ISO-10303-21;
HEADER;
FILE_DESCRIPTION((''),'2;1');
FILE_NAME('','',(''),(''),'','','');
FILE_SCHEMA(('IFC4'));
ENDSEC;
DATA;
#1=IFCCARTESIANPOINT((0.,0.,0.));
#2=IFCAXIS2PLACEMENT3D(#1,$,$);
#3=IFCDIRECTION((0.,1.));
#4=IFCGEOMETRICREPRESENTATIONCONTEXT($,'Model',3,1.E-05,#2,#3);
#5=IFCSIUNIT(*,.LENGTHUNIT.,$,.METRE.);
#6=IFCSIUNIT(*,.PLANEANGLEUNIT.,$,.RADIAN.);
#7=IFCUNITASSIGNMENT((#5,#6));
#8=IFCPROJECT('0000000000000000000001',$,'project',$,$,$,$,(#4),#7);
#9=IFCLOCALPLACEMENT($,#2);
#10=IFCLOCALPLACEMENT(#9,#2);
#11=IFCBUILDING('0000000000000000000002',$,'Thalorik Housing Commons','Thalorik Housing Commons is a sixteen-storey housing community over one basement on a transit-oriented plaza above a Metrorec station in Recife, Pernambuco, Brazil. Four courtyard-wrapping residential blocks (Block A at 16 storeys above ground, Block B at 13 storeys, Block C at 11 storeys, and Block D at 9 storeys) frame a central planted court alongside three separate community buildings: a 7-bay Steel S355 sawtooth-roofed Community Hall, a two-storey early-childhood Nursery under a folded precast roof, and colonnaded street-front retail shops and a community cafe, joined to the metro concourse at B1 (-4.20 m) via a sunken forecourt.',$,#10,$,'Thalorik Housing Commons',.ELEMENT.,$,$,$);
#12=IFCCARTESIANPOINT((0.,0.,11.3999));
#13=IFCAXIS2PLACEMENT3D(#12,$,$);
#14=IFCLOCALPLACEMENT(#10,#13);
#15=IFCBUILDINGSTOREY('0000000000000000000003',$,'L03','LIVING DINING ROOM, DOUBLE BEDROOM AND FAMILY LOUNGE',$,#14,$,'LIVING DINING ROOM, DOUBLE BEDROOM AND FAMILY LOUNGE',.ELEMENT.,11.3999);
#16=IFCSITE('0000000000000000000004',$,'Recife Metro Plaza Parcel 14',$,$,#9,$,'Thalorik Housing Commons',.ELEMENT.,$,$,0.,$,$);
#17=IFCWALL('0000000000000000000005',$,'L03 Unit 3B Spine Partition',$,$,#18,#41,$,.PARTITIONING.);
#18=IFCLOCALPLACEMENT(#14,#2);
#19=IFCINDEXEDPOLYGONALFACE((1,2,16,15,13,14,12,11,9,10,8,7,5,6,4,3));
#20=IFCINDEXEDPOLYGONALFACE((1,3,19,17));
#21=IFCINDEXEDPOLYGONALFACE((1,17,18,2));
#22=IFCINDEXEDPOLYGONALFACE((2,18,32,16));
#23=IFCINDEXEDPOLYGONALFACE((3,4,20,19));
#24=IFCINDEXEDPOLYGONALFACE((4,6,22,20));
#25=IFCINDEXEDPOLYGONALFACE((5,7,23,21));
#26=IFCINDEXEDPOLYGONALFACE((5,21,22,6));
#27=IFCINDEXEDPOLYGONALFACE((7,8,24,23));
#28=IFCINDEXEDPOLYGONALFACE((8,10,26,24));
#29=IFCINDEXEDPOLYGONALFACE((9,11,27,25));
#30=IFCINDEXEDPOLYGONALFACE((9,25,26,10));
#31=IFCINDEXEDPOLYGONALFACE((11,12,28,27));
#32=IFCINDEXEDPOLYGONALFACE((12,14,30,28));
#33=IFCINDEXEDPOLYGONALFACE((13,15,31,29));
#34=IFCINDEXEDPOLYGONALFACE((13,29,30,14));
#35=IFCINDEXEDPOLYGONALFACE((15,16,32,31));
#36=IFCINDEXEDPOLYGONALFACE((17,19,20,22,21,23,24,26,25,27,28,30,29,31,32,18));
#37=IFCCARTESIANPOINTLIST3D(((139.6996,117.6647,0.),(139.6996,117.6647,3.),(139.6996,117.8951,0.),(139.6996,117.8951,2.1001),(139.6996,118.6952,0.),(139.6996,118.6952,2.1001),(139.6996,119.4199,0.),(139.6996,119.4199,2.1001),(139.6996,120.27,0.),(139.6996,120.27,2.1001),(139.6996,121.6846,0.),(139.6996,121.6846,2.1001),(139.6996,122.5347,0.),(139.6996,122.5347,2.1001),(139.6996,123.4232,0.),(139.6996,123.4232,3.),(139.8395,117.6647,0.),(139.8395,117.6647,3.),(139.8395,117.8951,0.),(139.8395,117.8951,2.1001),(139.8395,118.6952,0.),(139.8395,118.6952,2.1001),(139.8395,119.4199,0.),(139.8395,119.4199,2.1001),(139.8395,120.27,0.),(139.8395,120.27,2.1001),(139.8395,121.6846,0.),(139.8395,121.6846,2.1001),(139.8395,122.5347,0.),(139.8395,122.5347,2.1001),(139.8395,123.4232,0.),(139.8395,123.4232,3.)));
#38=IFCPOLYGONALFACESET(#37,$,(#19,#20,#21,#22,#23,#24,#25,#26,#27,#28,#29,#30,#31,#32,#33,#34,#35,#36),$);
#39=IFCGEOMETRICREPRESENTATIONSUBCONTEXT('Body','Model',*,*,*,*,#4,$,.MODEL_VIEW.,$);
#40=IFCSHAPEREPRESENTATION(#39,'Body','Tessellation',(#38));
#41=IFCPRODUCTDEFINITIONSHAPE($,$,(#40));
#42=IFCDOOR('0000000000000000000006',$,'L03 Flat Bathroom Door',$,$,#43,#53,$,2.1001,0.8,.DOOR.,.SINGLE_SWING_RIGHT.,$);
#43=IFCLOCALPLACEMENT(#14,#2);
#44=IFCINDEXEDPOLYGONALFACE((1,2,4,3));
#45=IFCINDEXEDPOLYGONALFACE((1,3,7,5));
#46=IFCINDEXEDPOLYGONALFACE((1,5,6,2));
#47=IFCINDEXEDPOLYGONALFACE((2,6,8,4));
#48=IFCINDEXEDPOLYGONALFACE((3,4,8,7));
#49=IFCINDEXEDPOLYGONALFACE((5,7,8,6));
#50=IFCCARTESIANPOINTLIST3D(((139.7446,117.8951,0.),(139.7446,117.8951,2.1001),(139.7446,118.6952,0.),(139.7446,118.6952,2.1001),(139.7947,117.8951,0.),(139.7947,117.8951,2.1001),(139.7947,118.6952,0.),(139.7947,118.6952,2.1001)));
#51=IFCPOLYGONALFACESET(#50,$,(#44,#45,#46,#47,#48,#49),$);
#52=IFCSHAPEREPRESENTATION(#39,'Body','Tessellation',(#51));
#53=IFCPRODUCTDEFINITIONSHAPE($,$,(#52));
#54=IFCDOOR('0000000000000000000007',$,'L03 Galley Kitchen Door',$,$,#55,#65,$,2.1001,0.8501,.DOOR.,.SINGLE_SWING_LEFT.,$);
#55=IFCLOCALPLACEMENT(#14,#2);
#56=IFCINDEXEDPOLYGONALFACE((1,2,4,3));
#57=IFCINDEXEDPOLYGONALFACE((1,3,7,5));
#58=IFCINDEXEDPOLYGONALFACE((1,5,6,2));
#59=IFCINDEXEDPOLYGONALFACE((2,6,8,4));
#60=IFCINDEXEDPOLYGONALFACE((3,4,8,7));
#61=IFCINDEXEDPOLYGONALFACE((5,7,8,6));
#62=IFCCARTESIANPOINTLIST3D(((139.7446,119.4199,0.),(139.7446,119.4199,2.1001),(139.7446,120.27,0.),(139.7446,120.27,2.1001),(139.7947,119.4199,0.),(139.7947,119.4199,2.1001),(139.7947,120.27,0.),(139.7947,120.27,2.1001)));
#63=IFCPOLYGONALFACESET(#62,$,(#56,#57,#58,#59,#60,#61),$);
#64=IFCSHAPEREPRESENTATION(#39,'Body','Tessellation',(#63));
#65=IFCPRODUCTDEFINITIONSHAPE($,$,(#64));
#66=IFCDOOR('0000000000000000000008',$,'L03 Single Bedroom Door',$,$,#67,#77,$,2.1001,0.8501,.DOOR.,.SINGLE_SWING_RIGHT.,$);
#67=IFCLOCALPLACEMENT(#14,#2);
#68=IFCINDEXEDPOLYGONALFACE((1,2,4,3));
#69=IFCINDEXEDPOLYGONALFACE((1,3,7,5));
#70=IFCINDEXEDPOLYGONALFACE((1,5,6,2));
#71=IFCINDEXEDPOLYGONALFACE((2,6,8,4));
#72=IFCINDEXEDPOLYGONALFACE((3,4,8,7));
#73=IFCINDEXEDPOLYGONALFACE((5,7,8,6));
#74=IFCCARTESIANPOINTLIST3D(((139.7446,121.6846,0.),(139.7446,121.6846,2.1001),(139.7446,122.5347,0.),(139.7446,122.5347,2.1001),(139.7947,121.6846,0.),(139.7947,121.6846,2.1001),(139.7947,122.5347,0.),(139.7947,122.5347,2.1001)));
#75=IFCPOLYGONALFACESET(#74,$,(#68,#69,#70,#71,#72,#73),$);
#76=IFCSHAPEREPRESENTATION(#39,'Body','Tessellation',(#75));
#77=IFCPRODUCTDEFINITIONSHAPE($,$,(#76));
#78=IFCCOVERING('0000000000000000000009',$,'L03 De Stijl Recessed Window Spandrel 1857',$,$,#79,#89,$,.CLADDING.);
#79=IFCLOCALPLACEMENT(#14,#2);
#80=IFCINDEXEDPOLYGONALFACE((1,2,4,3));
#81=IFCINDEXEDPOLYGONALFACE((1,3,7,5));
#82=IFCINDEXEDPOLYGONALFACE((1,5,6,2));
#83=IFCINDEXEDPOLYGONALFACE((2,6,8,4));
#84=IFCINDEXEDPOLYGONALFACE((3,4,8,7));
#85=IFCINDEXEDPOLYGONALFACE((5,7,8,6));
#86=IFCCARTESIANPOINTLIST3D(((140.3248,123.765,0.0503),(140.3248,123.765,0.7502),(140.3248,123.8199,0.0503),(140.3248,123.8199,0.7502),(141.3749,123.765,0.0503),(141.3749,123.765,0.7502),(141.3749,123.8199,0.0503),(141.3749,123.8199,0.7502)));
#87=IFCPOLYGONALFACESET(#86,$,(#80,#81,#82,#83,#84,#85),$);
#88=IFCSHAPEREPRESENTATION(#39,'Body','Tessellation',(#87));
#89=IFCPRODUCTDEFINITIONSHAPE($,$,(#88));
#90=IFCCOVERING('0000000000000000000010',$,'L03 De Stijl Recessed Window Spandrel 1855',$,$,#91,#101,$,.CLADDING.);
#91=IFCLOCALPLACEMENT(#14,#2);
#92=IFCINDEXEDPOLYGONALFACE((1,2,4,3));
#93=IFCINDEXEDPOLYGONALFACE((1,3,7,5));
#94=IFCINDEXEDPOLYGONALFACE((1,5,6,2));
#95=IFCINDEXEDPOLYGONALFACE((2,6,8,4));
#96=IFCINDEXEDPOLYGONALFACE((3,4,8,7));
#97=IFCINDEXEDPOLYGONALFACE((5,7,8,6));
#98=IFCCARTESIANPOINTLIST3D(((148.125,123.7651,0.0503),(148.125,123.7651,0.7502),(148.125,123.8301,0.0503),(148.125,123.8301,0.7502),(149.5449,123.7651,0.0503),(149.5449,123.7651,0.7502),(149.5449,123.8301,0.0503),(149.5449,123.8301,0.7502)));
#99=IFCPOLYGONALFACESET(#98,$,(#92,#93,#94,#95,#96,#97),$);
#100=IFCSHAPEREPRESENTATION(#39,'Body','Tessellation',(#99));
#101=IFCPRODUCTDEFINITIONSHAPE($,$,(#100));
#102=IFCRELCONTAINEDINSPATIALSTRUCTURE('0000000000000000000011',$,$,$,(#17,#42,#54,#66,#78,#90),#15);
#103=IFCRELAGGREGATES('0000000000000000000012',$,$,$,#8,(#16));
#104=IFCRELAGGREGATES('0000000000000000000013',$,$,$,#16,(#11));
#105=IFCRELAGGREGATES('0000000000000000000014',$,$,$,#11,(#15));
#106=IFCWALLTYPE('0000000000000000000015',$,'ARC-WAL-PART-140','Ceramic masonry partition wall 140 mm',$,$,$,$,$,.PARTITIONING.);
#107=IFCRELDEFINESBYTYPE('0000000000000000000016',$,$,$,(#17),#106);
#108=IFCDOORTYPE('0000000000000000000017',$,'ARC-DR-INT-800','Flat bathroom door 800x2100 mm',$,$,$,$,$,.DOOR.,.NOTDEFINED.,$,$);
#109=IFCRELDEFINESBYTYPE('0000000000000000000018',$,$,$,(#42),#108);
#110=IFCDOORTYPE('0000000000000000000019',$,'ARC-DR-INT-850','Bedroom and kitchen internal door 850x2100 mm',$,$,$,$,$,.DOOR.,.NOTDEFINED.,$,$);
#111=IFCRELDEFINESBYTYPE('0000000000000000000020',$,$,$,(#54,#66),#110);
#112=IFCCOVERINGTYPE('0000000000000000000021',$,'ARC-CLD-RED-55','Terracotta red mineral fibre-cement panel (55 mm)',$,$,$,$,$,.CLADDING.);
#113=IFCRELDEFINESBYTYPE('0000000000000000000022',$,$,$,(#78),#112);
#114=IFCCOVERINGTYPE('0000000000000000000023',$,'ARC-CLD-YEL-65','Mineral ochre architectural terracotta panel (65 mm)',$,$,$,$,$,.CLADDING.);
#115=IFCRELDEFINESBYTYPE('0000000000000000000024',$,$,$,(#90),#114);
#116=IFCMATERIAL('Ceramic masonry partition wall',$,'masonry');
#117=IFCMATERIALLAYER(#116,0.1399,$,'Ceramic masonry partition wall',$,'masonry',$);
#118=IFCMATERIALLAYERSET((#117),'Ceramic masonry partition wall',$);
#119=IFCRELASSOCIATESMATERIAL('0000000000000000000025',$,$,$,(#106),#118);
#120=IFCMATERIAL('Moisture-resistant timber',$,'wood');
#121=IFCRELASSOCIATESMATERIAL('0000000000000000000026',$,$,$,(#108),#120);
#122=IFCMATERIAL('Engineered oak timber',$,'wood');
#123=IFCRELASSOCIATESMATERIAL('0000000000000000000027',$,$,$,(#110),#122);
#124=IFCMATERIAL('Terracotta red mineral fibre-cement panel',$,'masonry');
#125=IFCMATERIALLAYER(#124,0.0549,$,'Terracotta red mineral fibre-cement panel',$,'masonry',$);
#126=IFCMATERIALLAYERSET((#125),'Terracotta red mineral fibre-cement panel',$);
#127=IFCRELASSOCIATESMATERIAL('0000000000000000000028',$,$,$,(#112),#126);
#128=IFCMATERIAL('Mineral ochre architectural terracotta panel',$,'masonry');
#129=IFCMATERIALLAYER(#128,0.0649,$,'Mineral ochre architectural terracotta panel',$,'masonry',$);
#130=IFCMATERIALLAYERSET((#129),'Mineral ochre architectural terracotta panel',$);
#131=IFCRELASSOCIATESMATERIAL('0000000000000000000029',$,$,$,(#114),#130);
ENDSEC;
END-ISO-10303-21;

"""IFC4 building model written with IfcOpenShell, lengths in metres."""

from ifc_helpers import new_model, si_unit, direction, frame, frame_2d, origin, origin_2d, place, context, subcontext, project, spatial, rectangle, extrude, material, layer, layer_set, type_object, element, fill, save


model = new_model("IFC4")

# Units and contexts
model_context = context("Model", 3, precision=1e-05, world=origin(), true_north=direction((0.0, 1.0)))
body_context = subcontext(model_context, "Body", "Model", "MODEL_VIEW")
ifc_project = project(units=[si_unit("LENGTHUNIT", "METRE"), si_unit("PLANEANGLEUNIT", "RADIAN")], contexts=[model_context])

# Site, building, storey
site_placement = place(None, origin())
site = spatial("IfcSite", under=ifc_project, at=site_placement, Name="Recife Metro Plaza Parcel 14", LongName="Thalorik Housing Commons", CompositionType="ELEMENT", RefElevation=0.0)
building_placement = place(site_placement, origin())
building = spatial("IfcBuilding", under=site, at=building_placement, Name="Thalorik Housing Commons", Description="Thalorik Housing Commons is a sixteen-storey housing community over one basement on a transit-oriented plaza above a Metrorec station in Recife, Pernambuco, Brazil. Four courtyard-wrapping residential blocks (Block A at 16 storeys above ground, Block B at 13 storeys, Block C at 11 storeys, and Block D at 9 storeys) frame a central planted court alongside three separate community buildings: a 7-bay Steel S355 sawtooth-roofed Community Hall, a two-storey early-childhood Nursery under a folded precast roof, and colonnaded street-front retail shops and a community cafe, joined to the metro concourse at B1 (-4.20 m) via a sunken forecourt.", LongName="Thalorik Housing Commons", CompositionType="ELEMENT")
storey_placement = place(building_placement, frame((0.0, 0.0, 11.3999)))
storey = spatial("IfcBuildingStorey", under=building, at=storey_placement, Name="L03", Description="LIVING DINING ROOM, DOUBLE BEDROOM AND FAMILY LOUNGE", LongName="LIVING DINING ROOM, DOUBLE BEDROOM AND FAMILY LOUNGE", CompositionType="ELEMENT", Elevation=11.3999)

# Wall, openings, doors
ifc_material_1 = material(Name="Ceramic masonry partition wall", Category="masonry")
ifc_layer_1 = layer(ifc_material_1, 0.1399, Name="Ceramic masonry partition wall", Category="masonry")
ifc_layer_set_1 = layer_set([ifc_layer_1], Name="Ceramic masonry partition wall")
wall_type_1 = type_object("IfcWallType", Name="ARC-WAL-PART-140", Description="Ceramic masonry partition wall 140 mm", PredefinedType="PARTITIONING", material=ifc_layer_set_1)
wall_1_placement = place(storey_placement, frame((139.7695, 117.6646, 0.0), z_axis=(0.0, 0.0, 1.0), x_axis=(0.0, 1.0, 0.0)))
wall_1 = element("IfcWall", 1, at=wall_1_placement, inside=storey, type_object=wall_type_1, Name="L03 Unit 3B Spine Partition", PredefinedType="PARTITIONING", context=body_context, shape_type="SweptSolid", body=[
    extrude(rectangle(XDim=5.7585, YDim=0.1399, at=frame_2d((2.8794, 0.0))), origin(), (0.0, 0.0, 1.0), 3.0),
])
opening_1_placement = place(wall_1_placement, frame((0.2307, 0.0, 0.0)))
opening_1 = element("IfcOpeningElement", 2, at=opening_1_placement, cuts=wall_1, PredefinedType="OPENING", context=body_context, shape_type="SweptSolid", body=[
    extrude(rectangle(XDim=0.8, YDim=2.1001, at=frame_2d((0.3999, 1.05))), frame((0.0, 0.0801, 0.0), z_axis=(0.0, -1.0, 0.0), x_axis=(1.0, 0.0, 0.0)), (0.0, 0.0, 1.0), 0.1599),
])
opening_2_placement = place(wall_1_placement, frame((1.7554, 0.0, 0.0)))
opening_2 = element("IfcOpeningElement", 3, at=opening_2_placement, cuts=wall_1, PredefinedType="OPENING", context=body_context, shape_type="SweptSolid", body=[
    extrude(rectangle(XDim=0.8501, YDim=2.1001, at=frame_2d((0.425, 1.05))), frame((0.0, 0.0801, 0.0), z_axis=(0.0, -1.0, 0.0), x_axis=(1.0, 0.0, 0.0)), (0.0, 0.0, 1.0), 0.1599),
])
opening_3_placement = place(wall_1_placement, frame((4.02, 0.0, 0.0)))
opening_3 = element("IfcOpeningElement", 4, at=opening_3_placement, cuts=wall_1, PredefinedType="OPENING", context=body_context, shape_type="SweptSolid", body=[
    extrude(rectangle(XDim=0.8501, YDim=2.1001, at=frame_2d((0.425, 1.05))), frame((0.0, 0.0801, 0.0), z_axis=(0.0, -1.0, 0.0), x_axis=(1.0, 0.0, 0.0)), (0.0, 0.0, 1.0), 0.1599),
])
ifc_material_2 = material(Name="Moisture-resistant timber", Category="wood")
door_type_1 = type_object("IfcDoorType", Name="ARC-DR-INT-800", Description="Flat bathroom door 800x2100 mm", OperationType="NOTDEFINED", PredefinedType="DOOR", material=ifc_material_2)
door_1_placement = place(opening_1_placement, origin())
door_1 = element("IfcDoor", 5, at=door_1_placement, inside=storey, type_object=door_type_1, Name="L03 Flat Bathroom Door", OperationType="SINGLE_SWING_RIGHT", OverallHeight=2.1001, OverallWidth=0.8, PredefinedType="DOOR", context=body_context, shape_type="SweptSolid", body=[
    extrude(rectangle(XDim=0.8, YDim=2.1001, at=frame_2d((0.3999, 1.05))), frame((0.0, 0.0249, 0.0), z_axis=(0.0, -1.0, 0.0), x_axis=(1.0, 0.0, 0.0)), (0.0, 0.0, 1.0), 0.05),
])
fill(opening_1, door_1)
ifc_material_3 = material(Name="Engineered oak timber", Category="wood")
door_type_2 = type_object("IfcDoorType", Name="ARC-DR-INT-850", Description="Bedroom and kitchen internal door 850x2100 mm", OperationType="NOTDEFINED", PredefinedType="DOOR", material=ifc_material_3)
door_2_placement = place(opening_2_placement, origin())
door_2 = element("IfcDoor", 6, at=door_2_placement, inside=storey, type_object=door_type_2, Name="L03 Galley Kitchen Door", OperationType="SINGLE_SWING_LEFT", OverallHeight=2.1001, OverallWidth=0.8501, PredefinedType="DOOR", context=body_context, shape_type="SweptSolid", body=[
    extrude(rectangle(XDim=0.8501, YDim=2.1001, at=frame_2d((0.425, 1.05))), frame((0.0, 0.0249, 0.0), z_axis=(0.0, -1.0, 0.0), x_axis=(1.0, 0.0, 0.0)), (0.0, 0.0, 1.0), 0.05),
])
fill(opening_2, door_2)
door_3_placement = place(opening_3_placement, origin())
door_3 = element("IfcDoor", 7, at=door_3_placement, inside=storey, type_object=door_type_2, Name="L03 Single Bedroom Door", OperationType="SINGLE_SWING_RIGHT", OverallHeight=2.1001, OverallWidth=0.8501, PredefinedType="DOOR", context=body_context, shape_type="SweptSolid", body=[
    extrude(rectangle(XDim=0.8501, YDim=2.1001, at=frame_2d((0.425, 1.05))), frame((0.0, 0.0249, 0.0), z_axis=(0.0, -1.0, 0.0), x_axis=(1.0, 0.0, 0.0)), (0.0, 0.0, 1.0), 0.05),
])
fill(opening_3, door_3)

# Coverings
ifc_material_4 = material(Name="Terracotta red mineral fibre-cement panel", Category="masonry")
ifc_layer_2 = layer(ifc_material_4, 0.0549, Name="Terracotta red mineral fibre-cement panel", Category="masonry")
ifc_layer_set_2 = layer_set([ifc_layer_2], Name="Terracotta red mineral fibre-cement panel")
covering_type_1 = type_object("IfcCoveringType", Name="ARC-CLD-RED-55", Description="Terracotta red mineral fibre-cement panel (55 mm)", PredefinedType="CLADDING", material=ifc_layer_set_2)
covering_1_placement = place(storey_placement, frame((140.8499, 123.7925, 0.0503), z_axis=(0.0, 0.0, 1.0), x_axis=(-1.0, 0.0, 0.0)))
element("IfcCovering", 8, at=covering_1_placement, inside=storey, type_object=covering_type_1, Name="L03 De Stijl Recessed Window Spandrel 1857", PredefinedType="CLADDING", context=body_context, shape_type="SweptSolid", body=[
    extrude(rectangle(XDim=1.05, YDim=0.0549, at=origin_2d()), origin(), (0.0, 0.0, 1.0), 0.7),
])
ifc_material_5 = material(Name="Mineral ochre architectural terracotta panel", Category="masonry")
ifc_layer_3 = layer(ifc_material_5, 0.0649, Name="Mineral ochre architectural terracotta panel", Category="masonry")
ifc_layer_set_3 = layer_set([ifc_layer_3], Name="Mineral ochre architectural terracotta panel")
covering_type_2 = type_object("IfcCoveringType", Name="ARC-CLD-YEL-65", Description="Mineral ochre architectural terracotta panel (65 mm)", PredefinedType="CLADDING", material=ifc_layer_set_3)
covering_2_placement = place(storey_placement, frame((148.835, 123.7976, 0.0503), z_axis=(0.0, 0.0, 1.0), x_axis=(-1.0, 0.0, 0.0)))
element("IfcCovering", 9, at=covering_2_placement, inside=storey, type_object=covering_type_2, Name="L03 De Stijl Recessed Window Spandrel 1855", PredefinedType="CLADDING", context=body_context, shape_type="SweptSolid", body=[
    extrude(rectangle(XDim=1.4199, YDim=0.0649, at=origin_2d()), origin(), (0.0, 0.0, 1.0), 0.7),
])

save(model, "model.ifc")
